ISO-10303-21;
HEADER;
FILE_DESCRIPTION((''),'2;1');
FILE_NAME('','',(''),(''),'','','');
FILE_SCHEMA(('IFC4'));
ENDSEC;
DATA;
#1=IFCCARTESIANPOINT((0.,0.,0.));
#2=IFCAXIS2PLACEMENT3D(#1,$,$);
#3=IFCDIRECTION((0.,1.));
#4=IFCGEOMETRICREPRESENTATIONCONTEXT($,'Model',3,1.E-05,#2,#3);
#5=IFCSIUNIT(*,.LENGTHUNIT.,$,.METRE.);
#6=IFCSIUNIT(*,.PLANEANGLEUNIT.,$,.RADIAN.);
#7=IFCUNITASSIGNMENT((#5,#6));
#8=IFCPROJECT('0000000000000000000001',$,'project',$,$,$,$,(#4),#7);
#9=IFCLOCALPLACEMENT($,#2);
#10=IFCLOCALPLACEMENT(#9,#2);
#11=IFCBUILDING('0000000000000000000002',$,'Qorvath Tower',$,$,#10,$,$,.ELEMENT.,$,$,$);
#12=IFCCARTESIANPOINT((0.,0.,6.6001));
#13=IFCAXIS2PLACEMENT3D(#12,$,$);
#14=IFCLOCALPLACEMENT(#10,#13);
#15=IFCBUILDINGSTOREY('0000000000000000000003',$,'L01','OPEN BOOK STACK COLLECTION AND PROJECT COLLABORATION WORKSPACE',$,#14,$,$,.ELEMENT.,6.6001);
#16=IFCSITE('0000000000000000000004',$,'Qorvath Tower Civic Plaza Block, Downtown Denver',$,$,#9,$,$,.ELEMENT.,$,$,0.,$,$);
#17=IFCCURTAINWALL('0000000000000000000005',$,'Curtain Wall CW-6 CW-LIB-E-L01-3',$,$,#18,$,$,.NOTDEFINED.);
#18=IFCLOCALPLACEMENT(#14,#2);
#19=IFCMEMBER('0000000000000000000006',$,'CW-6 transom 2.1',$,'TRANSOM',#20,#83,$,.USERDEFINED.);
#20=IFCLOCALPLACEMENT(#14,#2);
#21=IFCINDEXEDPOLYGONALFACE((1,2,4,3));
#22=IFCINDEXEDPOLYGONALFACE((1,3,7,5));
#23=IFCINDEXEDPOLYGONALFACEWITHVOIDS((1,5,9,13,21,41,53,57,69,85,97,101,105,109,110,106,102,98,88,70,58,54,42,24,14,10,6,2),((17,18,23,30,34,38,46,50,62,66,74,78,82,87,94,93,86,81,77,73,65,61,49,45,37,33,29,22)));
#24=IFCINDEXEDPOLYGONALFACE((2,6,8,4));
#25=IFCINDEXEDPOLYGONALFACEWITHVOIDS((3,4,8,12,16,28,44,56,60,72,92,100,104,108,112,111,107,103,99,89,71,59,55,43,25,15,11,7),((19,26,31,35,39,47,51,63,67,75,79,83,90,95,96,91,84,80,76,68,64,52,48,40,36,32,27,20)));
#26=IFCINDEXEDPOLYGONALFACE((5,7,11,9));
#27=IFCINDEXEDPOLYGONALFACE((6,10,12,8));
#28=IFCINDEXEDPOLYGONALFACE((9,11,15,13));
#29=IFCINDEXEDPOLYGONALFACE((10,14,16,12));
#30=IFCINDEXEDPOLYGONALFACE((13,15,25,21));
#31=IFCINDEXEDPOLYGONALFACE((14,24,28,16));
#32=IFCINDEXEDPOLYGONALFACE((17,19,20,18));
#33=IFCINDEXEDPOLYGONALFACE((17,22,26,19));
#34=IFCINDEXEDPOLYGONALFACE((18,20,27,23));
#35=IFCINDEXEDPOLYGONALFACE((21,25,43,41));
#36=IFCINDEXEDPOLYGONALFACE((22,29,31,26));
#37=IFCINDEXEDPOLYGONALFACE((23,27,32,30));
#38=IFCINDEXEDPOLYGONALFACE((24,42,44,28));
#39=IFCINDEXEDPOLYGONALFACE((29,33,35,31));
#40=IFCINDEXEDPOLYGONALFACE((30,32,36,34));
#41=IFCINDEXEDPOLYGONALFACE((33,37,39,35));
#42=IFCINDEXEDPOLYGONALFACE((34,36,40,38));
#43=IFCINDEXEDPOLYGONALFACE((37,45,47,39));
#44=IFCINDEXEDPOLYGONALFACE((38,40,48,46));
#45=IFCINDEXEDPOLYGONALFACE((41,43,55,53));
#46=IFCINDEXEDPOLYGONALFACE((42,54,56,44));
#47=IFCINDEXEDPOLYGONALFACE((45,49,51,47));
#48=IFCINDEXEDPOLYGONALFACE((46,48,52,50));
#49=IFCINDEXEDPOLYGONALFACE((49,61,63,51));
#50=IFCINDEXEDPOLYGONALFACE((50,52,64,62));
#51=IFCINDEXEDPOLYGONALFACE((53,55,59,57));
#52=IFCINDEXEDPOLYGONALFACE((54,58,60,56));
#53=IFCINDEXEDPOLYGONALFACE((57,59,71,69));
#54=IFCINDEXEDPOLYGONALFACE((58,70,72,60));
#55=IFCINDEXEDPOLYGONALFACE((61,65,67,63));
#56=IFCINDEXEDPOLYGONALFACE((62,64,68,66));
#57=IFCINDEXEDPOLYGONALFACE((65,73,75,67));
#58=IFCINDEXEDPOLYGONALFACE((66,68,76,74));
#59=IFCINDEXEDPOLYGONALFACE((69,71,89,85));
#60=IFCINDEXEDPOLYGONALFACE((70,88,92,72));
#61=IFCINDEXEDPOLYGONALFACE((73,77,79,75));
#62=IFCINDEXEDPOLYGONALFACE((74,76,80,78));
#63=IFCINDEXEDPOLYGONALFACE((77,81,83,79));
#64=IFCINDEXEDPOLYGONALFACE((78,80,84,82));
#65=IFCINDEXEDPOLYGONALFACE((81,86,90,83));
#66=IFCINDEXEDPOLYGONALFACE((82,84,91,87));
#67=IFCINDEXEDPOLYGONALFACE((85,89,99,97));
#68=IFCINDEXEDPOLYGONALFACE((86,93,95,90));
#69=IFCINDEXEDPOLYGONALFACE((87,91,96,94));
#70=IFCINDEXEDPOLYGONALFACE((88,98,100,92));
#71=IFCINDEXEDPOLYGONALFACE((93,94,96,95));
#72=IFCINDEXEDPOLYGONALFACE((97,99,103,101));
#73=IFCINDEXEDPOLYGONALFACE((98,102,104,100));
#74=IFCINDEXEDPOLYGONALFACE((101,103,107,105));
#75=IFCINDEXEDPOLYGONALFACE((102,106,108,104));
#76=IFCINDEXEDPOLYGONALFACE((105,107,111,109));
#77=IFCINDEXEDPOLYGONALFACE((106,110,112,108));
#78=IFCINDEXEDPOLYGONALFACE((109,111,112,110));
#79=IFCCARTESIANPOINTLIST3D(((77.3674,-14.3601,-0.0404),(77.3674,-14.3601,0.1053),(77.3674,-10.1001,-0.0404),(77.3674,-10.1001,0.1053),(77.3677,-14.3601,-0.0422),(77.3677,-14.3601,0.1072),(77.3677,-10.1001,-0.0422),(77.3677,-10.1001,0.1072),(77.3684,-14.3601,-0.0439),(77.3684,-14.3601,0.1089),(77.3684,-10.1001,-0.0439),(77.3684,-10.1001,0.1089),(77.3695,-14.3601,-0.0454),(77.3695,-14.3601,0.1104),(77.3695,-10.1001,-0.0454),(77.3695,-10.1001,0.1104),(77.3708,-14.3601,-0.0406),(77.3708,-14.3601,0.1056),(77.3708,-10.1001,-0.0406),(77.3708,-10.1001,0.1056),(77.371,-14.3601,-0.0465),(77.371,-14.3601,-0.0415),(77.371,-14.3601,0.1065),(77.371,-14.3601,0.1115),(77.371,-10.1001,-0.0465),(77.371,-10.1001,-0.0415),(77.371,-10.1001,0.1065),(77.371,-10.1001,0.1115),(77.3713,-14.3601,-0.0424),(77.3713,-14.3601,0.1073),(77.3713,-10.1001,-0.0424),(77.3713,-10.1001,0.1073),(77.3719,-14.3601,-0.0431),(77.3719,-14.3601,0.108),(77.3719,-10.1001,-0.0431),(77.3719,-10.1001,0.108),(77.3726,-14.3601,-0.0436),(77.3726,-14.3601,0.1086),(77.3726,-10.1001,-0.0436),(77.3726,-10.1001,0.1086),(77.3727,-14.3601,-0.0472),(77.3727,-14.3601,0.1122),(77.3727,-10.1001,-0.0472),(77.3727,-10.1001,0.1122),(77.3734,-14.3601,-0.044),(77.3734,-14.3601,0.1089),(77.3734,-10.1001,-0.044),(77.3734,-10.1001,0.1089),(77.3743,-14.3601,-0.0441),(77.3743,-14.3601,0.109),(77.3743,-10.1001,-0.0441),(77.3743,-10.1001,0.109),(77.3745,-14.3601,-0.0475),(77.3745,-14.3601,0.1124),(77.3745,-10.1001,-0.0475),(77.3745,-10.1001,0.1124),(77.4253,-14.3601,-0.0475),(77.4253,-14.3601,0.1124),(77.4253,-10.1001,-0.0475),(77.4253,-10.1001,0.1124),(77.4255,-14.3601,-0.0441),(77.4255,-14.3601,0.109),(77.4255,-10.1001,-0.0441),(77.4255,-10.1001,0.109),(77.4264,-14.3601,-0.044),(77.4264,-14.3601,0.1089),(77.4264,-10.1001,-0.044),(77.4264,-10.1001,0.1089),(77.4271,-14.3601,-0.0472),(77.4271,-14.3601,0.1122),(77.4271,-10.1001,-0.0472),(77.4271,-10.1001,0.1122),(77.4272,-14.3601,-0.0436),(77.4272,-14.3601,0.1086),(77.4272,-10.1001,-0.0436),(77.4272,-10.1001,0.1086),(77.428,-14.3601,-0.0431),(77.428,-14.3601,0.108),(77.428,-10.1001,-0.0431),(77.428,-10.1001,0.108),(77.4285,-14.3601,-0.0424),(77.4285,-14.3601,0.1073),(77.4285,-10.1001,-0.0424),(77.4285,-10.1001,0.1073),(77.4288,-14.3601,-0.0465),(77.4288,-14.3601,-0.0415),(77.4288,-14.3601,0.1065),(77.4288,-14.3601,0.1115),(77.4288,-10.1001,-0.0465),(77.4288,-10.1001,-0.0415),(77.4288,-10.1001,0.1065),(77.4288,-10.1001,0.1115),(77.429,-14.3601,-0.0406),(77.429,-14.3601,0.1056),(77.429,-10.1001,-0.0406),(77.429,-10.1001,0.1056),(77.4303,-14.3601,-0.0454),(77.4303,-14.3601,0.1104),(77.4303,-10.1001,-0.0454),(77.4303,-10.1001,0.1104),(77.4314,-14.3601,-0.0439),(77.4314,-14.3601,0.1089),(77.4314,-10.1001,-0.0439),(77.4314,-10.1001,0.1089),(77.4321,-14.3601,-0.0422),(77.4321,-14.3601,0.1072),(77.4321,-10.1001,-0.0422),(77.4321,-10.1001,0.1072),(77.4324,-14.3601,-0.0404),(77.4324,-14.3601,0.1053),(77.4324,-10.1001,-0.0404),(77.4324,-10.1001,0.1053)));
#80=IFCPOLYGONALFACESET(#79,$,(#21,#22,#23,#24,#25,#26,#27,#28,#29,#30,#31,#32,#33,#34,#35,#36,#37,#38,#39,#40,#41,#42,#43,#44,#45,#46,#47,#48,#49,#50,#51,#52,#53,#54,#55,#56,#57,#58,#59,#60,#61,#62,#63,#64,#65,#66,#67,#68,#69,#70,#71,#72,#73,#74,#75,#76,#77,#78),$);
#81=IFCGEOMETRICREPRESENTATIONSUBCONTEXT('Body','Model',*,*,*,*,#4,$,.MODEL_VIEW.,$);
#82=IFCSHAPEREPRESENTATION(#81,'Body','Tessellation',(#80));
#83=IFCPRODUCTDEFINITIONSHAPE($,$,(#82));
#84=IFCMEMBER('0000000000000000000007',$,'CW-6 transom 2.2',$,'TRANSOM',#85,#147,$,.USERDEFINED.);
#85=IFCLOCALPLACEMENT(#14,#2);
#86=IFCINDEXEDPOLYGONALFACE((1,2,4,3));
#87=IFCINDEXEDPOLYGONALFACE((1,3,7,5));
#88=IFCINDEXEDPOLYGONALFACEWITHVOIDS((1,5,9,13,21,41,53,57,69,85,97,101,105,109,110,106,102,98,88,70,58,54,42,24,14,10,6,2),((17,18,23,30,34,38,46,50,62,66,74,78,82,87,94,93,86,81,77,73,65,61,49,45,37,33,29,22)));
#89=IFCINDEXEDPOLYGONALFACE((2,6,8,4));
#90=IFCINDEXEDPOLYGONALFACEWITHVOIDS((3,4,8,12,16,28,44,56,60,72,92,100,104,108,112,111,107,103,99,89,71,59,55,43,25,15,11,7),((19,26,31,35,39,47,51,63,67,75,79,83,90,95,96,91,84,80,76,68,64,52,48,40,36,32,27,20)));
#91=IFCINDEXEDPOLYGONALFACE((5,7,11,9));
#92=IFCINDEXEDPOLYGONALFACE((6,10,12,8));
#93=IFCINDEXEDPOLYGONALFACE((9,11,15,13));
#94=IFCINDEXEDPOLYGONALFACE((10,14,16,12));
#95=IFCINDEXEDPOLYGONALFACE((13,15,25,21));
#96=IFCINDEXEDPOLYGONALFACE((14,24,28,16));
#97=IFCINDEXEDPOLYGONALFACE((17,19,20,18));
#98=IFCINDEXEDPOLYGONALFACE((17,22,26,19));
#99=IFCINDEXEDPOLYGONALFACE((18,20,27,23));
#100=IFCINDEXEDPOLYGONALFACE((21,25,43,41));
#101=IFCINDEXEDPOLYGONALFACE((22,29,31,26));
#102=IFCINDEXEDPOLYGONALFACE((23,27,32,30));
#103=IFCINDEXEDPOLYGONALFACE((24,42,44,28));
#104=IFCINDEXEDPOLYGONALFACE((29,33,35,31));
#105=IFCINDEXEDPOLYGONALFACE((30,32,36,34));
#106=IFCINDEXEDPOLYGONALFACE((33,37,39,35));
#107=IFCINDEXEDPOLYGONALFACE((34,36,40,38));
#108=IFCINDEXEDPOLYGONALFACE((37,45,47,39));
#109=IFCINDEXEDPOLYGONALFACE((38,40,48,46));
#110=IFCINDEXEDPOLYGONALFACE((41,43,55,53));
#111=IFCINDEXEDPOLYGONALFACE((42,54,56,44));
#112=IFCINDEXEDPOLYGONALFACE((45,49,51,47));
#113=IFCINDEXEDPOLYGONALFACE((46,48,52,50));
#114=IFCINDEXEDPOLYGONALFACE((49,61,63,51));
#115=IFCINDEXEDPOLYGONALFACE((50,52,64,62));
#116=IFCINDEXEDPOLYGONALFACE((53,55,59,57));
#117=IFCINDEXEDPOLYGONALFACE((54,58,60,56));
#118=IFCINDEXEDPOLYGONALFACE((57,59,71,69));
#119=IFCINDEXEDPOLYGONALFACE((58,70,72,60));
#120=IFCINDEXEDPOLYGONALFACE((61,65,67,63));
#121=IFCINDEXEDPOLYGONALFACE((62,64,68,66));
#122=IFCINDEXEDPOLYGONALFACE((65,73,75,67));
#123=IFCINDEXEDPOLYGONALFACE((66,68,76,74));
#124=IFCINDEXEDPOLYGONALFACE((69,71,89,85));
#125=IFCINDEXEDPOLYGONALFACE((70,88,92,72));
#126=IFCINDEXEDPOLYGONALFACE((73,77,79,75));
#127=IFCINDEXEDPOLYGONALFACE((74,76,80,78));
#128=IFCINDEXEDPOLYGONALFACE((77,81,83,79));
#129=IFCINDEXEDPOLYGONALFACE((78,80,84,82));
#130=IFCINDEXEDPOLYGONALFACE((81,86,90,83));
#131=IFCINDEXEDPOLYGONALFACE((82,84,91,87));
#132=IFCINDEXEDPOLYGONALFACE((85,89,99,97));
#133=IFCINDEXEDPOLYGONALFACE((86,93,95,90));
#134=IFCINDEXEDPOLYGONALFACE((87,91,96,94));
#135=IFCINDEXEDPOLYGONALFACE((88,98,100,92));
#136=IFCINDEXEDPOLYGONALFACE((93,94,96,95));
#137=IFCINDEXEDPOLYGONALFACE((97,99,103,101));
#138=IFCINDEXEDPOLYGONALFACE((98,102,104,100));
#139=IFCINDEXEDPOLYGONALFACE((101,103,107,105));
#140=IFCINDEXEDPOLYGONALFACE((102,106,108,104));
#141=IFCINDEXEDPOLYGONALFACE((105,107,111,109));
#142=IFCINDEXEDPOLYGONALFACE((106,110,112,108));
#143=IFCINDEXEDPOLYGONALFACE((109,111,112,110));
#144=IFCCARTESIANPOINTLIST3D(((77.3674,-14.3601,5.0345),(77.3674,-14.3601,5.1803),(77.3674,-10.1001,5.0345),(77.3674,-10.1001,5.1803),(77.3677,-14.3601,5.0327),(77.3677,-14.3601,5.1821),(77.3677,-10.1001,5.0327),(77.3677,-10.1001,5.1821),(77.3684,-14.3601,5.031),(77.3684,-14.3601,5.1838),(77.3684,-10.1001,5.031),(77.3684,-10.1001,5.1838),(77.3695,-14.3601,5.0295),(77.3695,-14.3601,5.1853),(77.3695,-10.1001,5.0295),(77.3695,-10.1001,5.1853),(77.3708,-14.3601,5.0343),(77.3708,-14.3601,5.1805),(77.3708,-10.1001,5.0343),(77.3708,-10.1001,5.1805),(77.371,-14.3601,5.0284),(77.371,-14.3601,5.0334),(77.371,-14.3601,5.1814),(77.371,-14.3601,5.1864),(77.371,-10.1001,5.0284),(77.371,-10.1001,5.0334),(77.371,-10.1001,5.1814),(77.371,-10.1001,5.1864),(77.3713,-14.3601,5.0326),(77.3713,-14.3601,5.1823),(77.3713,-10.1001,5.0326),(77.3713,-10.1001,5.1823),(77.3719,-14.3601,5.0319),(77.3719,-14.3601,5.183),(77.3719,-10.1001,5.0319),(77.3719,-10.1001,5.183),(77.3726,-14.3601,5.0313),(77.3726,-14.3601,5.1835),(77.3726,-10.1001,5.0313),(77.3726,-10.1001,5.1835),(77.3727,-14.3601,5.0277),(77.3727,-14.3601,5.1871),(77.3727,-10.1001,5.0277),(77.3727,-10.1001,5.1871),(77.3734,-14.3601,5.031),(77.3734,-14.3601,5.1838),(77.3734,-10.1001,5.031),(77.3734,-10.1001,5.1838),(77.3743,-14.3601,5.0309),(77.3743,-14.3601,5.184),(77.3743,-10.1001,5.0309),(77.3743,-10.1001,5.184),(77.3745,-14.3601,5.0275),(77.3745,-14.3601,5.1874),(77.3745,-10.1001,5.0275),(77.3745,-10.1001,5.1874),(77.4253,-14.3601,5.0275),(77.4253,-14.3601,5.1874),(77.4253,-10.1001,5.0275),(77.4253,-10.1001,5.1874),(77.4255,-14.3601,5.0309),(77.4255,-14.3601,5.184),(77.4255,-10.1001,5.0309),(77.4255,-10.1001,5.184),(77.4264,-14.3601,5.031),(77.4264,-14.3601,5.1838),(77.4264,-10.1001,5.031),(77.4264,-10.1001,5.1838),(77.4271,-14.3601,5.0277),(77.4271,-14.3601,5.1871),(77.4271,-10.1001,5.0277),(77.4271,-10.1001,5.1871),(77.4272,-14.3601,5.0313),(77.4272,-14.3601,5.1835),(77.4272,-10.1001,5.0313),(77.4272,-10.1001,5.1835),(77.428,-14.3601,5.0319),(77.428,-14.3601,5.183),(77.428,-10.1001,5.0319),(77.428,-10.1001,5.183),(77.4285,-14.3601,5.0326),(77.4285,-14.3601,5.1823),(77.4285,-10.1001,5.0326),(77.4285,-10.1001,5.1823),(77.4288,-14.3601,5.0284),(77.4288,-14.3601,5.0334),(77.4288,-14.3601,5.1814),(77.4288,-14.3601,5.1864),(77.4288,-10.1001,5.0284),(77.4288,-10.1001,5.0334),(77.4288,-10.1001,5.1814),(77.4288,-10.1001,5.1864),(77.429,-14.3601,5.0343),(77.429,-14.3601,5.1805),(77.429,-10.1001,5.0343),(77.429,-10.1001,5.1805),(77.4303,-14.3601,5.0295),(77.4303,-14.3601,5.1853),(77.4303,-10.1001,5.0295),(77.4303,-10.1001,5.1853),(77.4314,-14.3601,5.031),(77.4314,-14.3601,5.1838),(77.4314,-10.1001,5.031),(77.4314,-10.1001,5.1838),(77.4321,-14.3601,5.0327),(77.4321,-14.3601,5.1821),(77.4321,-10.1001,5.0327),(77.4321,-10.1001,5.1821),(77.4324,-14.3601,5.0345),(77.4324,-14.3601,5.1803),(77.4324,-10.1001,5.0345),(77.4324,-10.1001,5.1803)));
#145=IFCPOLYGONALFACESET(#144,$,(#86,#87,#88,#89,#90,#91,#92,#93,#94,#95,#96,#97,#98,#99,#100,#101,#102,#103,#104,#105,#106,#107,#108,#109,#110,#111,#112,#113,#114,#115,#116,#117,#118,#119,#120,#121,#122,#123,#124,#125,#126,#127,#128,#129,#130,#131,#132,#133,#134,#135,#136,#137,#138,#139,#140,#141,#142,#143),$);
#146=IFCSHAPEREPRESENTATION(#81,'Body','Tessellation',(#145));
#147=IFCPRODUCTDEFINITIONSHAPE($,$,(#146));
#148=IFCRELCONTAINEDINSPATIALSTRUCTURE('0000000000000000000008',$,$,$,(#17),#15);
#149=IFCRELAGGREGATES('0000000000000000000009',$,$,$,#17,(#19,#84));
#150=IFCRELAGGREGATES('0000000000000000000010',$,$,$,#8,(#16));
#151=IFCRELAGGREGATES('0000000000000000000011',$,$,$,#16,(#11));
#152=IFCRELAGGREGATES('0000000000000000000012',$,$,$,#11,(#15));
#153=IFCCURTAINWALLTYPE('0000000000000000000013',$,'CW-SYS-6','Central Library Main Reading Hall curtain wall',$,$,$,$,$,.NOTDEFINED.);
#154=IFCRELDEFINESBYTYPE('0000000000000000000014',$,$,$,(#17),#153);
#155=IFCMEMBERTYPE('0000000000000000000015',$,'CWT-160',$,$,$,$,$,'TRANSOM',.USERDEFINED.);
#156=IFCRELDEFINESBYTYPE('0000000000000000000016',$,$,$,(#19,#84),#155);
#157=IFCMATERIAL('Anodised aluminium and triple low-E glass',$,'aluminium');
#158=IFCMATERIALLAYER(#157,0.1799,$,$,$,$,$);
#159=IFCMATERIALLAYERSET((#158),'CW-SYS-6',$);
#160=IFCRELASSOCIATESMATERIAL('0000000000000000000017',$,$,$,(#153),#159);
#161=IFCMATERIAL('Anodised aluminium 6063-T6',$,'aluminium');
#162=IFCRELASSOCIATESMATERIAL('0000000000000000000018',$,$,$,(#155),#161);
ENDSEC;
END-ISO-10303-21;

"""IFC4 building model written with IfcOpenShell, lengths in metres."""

from ifc_helpers import new_model, si_unit, direction, frame, origin, origin_2d, place, context, subcontext, project, spatial, hollow_rectangle, extrude, material, layer, layer_set, material_profile, profile_set, type_object, element, aggregate, save


model = new_model("IFC4")

# Units and contexts
model_context = context("Model", 3, precision=1e-05, world=origin(), true_north=direction((0.0, 1.0)))
body_context = subcontext(model_context, "Body", "Model", "MODEL_VIEW")
ifc_project = project(units=[si_unit("LENGTHUNIT", "METRE"), si_unit("PLANEANGLEUNIT", "RADIAN")], contexts=[model_context])

# Site, building, storey
site_placement = place(None, origin())
site = spatial("IfcSite", under=ifc_project, at=site_placement, Name="Qorvath Tower Civic Plaza Block, Downtown Denver", CompositionType="ELEMENT", RefElevation=0.0)
building_placement = place(site_placement, origin())
building = spatial("IfcBuilding", under=site, at=building_placement, Name="Qorvath Tower", CompositionType="ELEMENT")
storey_placement = place(building_placement, frame((0.0, 0.0, 6.6001)))
storey = spatial("IfcBuildingStorey", under=building, at=storey_placement, Name="L01", Description="OPEN BOOK STACK COLLECTION AND PROJECT COLLABORATION WORKSPACE", CompositionType="ELEMENT", Elevation=6.6001)

# Curtain wall
ifc_material_1 = material(Name="Anodised aluminium and triple low-E glass", Category="aluminium")
ifc_layer_1 = layer(ifc_material_1, 0.1799)
ifc_layer_set_1 = layer_set([ifc_layer_1], Name="CW-SYS-6")
curtain_wall_type = type_object("IfcCurtainWallType", Name="CW-SYS-6", Description="Central Library Main Reading Hall curtain wall", PredefinedType="NOTDEFINED", material=ifc_layer_set_1)
curtain_wall_1_placement = place(storey_placement, origin())
curtain_wall_1 = element("IfcCurtainWall", 1, at=curtain_wall_1_placement, inside=storey, type_object=curtain_wall_type, Name="Curtain Wall CW-6 CW-LIB-E-L01-3", PredefinedType="NOTDEFINED")

# Members
ifc_material_2 = material(Name="Anodised aluminium 6063-T6", Category="aluminium")
ifc_material_profile_1 = material_profile(ifc_material_2, hollow_rectangle(XDim=0.0649, YDim=0.1599, WallThickness=0.0034, InnerFilletRadius=0.0034, OuterFilletRadius=0.0071, at=origin_2d()), Name="CWT 160x65")
ifc_profile_set_1 = profile_set([ifc_material_profile_1], Name="Anodised aluminium 6063-T6")
member_type_1 = type_object("IfcMemberType", Name="CWT-160", ElementType="TRANSOM", PredefinedType="USERDEFINED", material=ifc_profile_set_1)
member_1_placement = place(storey_placement, frame((77.3999, -14.3601, 0.0325), z_axis=(0.0, 1.0, 0.0), x_axis=(-1.0, 0.0, 0.0)))
member_1 = element("IfcMember", 2, at=member_1_placement, type_object=member_type_1, Name="CW-6 transom 2.1", ObjectType="TRANSOM", PredefinedType="USERDEFINED", context=body_context, shape_type="SweptSolid", body=[
    extrude(hollow_rectangle(XDim=0.0649, YDim=0.1599, WallThickness=0.0034, InnerFilletRadius=0.0034, OuterFilletRadius=0.0071, at=origin_2d()), origin(), (0.0, 0.0, 1.0), 4.26),
])
member_2_placement = place(storey_placement, frame((77.3999, -14.3601, 5.1074), z_axis=(0.0, 1.0, 0.0), x_axis=(-1.0, 0.0, 0.0)))
member_2 = element("IfcMember", 3, at=member_2_placement, type_object=member_type_1, Name="CW-6 transom 2.2", ObjectType="TRANSOM", PredefinedType="USERDEFINED", context=body_context, shape_type="SweptSolid", body=[
    extrude(hollow_rectangle(XDim=0.0649, YDim=0.1599, WallThickness=0.0034, InnerFilletRadius=0.0034, OuterFilletRadius=0.0071, at=origin_2d()), origin(), (0.0, 0.0, 1.0), 4.26),
])

aggregate(curtain_wall_1, [member_1, member_2])

save(model, "model.ifc")
